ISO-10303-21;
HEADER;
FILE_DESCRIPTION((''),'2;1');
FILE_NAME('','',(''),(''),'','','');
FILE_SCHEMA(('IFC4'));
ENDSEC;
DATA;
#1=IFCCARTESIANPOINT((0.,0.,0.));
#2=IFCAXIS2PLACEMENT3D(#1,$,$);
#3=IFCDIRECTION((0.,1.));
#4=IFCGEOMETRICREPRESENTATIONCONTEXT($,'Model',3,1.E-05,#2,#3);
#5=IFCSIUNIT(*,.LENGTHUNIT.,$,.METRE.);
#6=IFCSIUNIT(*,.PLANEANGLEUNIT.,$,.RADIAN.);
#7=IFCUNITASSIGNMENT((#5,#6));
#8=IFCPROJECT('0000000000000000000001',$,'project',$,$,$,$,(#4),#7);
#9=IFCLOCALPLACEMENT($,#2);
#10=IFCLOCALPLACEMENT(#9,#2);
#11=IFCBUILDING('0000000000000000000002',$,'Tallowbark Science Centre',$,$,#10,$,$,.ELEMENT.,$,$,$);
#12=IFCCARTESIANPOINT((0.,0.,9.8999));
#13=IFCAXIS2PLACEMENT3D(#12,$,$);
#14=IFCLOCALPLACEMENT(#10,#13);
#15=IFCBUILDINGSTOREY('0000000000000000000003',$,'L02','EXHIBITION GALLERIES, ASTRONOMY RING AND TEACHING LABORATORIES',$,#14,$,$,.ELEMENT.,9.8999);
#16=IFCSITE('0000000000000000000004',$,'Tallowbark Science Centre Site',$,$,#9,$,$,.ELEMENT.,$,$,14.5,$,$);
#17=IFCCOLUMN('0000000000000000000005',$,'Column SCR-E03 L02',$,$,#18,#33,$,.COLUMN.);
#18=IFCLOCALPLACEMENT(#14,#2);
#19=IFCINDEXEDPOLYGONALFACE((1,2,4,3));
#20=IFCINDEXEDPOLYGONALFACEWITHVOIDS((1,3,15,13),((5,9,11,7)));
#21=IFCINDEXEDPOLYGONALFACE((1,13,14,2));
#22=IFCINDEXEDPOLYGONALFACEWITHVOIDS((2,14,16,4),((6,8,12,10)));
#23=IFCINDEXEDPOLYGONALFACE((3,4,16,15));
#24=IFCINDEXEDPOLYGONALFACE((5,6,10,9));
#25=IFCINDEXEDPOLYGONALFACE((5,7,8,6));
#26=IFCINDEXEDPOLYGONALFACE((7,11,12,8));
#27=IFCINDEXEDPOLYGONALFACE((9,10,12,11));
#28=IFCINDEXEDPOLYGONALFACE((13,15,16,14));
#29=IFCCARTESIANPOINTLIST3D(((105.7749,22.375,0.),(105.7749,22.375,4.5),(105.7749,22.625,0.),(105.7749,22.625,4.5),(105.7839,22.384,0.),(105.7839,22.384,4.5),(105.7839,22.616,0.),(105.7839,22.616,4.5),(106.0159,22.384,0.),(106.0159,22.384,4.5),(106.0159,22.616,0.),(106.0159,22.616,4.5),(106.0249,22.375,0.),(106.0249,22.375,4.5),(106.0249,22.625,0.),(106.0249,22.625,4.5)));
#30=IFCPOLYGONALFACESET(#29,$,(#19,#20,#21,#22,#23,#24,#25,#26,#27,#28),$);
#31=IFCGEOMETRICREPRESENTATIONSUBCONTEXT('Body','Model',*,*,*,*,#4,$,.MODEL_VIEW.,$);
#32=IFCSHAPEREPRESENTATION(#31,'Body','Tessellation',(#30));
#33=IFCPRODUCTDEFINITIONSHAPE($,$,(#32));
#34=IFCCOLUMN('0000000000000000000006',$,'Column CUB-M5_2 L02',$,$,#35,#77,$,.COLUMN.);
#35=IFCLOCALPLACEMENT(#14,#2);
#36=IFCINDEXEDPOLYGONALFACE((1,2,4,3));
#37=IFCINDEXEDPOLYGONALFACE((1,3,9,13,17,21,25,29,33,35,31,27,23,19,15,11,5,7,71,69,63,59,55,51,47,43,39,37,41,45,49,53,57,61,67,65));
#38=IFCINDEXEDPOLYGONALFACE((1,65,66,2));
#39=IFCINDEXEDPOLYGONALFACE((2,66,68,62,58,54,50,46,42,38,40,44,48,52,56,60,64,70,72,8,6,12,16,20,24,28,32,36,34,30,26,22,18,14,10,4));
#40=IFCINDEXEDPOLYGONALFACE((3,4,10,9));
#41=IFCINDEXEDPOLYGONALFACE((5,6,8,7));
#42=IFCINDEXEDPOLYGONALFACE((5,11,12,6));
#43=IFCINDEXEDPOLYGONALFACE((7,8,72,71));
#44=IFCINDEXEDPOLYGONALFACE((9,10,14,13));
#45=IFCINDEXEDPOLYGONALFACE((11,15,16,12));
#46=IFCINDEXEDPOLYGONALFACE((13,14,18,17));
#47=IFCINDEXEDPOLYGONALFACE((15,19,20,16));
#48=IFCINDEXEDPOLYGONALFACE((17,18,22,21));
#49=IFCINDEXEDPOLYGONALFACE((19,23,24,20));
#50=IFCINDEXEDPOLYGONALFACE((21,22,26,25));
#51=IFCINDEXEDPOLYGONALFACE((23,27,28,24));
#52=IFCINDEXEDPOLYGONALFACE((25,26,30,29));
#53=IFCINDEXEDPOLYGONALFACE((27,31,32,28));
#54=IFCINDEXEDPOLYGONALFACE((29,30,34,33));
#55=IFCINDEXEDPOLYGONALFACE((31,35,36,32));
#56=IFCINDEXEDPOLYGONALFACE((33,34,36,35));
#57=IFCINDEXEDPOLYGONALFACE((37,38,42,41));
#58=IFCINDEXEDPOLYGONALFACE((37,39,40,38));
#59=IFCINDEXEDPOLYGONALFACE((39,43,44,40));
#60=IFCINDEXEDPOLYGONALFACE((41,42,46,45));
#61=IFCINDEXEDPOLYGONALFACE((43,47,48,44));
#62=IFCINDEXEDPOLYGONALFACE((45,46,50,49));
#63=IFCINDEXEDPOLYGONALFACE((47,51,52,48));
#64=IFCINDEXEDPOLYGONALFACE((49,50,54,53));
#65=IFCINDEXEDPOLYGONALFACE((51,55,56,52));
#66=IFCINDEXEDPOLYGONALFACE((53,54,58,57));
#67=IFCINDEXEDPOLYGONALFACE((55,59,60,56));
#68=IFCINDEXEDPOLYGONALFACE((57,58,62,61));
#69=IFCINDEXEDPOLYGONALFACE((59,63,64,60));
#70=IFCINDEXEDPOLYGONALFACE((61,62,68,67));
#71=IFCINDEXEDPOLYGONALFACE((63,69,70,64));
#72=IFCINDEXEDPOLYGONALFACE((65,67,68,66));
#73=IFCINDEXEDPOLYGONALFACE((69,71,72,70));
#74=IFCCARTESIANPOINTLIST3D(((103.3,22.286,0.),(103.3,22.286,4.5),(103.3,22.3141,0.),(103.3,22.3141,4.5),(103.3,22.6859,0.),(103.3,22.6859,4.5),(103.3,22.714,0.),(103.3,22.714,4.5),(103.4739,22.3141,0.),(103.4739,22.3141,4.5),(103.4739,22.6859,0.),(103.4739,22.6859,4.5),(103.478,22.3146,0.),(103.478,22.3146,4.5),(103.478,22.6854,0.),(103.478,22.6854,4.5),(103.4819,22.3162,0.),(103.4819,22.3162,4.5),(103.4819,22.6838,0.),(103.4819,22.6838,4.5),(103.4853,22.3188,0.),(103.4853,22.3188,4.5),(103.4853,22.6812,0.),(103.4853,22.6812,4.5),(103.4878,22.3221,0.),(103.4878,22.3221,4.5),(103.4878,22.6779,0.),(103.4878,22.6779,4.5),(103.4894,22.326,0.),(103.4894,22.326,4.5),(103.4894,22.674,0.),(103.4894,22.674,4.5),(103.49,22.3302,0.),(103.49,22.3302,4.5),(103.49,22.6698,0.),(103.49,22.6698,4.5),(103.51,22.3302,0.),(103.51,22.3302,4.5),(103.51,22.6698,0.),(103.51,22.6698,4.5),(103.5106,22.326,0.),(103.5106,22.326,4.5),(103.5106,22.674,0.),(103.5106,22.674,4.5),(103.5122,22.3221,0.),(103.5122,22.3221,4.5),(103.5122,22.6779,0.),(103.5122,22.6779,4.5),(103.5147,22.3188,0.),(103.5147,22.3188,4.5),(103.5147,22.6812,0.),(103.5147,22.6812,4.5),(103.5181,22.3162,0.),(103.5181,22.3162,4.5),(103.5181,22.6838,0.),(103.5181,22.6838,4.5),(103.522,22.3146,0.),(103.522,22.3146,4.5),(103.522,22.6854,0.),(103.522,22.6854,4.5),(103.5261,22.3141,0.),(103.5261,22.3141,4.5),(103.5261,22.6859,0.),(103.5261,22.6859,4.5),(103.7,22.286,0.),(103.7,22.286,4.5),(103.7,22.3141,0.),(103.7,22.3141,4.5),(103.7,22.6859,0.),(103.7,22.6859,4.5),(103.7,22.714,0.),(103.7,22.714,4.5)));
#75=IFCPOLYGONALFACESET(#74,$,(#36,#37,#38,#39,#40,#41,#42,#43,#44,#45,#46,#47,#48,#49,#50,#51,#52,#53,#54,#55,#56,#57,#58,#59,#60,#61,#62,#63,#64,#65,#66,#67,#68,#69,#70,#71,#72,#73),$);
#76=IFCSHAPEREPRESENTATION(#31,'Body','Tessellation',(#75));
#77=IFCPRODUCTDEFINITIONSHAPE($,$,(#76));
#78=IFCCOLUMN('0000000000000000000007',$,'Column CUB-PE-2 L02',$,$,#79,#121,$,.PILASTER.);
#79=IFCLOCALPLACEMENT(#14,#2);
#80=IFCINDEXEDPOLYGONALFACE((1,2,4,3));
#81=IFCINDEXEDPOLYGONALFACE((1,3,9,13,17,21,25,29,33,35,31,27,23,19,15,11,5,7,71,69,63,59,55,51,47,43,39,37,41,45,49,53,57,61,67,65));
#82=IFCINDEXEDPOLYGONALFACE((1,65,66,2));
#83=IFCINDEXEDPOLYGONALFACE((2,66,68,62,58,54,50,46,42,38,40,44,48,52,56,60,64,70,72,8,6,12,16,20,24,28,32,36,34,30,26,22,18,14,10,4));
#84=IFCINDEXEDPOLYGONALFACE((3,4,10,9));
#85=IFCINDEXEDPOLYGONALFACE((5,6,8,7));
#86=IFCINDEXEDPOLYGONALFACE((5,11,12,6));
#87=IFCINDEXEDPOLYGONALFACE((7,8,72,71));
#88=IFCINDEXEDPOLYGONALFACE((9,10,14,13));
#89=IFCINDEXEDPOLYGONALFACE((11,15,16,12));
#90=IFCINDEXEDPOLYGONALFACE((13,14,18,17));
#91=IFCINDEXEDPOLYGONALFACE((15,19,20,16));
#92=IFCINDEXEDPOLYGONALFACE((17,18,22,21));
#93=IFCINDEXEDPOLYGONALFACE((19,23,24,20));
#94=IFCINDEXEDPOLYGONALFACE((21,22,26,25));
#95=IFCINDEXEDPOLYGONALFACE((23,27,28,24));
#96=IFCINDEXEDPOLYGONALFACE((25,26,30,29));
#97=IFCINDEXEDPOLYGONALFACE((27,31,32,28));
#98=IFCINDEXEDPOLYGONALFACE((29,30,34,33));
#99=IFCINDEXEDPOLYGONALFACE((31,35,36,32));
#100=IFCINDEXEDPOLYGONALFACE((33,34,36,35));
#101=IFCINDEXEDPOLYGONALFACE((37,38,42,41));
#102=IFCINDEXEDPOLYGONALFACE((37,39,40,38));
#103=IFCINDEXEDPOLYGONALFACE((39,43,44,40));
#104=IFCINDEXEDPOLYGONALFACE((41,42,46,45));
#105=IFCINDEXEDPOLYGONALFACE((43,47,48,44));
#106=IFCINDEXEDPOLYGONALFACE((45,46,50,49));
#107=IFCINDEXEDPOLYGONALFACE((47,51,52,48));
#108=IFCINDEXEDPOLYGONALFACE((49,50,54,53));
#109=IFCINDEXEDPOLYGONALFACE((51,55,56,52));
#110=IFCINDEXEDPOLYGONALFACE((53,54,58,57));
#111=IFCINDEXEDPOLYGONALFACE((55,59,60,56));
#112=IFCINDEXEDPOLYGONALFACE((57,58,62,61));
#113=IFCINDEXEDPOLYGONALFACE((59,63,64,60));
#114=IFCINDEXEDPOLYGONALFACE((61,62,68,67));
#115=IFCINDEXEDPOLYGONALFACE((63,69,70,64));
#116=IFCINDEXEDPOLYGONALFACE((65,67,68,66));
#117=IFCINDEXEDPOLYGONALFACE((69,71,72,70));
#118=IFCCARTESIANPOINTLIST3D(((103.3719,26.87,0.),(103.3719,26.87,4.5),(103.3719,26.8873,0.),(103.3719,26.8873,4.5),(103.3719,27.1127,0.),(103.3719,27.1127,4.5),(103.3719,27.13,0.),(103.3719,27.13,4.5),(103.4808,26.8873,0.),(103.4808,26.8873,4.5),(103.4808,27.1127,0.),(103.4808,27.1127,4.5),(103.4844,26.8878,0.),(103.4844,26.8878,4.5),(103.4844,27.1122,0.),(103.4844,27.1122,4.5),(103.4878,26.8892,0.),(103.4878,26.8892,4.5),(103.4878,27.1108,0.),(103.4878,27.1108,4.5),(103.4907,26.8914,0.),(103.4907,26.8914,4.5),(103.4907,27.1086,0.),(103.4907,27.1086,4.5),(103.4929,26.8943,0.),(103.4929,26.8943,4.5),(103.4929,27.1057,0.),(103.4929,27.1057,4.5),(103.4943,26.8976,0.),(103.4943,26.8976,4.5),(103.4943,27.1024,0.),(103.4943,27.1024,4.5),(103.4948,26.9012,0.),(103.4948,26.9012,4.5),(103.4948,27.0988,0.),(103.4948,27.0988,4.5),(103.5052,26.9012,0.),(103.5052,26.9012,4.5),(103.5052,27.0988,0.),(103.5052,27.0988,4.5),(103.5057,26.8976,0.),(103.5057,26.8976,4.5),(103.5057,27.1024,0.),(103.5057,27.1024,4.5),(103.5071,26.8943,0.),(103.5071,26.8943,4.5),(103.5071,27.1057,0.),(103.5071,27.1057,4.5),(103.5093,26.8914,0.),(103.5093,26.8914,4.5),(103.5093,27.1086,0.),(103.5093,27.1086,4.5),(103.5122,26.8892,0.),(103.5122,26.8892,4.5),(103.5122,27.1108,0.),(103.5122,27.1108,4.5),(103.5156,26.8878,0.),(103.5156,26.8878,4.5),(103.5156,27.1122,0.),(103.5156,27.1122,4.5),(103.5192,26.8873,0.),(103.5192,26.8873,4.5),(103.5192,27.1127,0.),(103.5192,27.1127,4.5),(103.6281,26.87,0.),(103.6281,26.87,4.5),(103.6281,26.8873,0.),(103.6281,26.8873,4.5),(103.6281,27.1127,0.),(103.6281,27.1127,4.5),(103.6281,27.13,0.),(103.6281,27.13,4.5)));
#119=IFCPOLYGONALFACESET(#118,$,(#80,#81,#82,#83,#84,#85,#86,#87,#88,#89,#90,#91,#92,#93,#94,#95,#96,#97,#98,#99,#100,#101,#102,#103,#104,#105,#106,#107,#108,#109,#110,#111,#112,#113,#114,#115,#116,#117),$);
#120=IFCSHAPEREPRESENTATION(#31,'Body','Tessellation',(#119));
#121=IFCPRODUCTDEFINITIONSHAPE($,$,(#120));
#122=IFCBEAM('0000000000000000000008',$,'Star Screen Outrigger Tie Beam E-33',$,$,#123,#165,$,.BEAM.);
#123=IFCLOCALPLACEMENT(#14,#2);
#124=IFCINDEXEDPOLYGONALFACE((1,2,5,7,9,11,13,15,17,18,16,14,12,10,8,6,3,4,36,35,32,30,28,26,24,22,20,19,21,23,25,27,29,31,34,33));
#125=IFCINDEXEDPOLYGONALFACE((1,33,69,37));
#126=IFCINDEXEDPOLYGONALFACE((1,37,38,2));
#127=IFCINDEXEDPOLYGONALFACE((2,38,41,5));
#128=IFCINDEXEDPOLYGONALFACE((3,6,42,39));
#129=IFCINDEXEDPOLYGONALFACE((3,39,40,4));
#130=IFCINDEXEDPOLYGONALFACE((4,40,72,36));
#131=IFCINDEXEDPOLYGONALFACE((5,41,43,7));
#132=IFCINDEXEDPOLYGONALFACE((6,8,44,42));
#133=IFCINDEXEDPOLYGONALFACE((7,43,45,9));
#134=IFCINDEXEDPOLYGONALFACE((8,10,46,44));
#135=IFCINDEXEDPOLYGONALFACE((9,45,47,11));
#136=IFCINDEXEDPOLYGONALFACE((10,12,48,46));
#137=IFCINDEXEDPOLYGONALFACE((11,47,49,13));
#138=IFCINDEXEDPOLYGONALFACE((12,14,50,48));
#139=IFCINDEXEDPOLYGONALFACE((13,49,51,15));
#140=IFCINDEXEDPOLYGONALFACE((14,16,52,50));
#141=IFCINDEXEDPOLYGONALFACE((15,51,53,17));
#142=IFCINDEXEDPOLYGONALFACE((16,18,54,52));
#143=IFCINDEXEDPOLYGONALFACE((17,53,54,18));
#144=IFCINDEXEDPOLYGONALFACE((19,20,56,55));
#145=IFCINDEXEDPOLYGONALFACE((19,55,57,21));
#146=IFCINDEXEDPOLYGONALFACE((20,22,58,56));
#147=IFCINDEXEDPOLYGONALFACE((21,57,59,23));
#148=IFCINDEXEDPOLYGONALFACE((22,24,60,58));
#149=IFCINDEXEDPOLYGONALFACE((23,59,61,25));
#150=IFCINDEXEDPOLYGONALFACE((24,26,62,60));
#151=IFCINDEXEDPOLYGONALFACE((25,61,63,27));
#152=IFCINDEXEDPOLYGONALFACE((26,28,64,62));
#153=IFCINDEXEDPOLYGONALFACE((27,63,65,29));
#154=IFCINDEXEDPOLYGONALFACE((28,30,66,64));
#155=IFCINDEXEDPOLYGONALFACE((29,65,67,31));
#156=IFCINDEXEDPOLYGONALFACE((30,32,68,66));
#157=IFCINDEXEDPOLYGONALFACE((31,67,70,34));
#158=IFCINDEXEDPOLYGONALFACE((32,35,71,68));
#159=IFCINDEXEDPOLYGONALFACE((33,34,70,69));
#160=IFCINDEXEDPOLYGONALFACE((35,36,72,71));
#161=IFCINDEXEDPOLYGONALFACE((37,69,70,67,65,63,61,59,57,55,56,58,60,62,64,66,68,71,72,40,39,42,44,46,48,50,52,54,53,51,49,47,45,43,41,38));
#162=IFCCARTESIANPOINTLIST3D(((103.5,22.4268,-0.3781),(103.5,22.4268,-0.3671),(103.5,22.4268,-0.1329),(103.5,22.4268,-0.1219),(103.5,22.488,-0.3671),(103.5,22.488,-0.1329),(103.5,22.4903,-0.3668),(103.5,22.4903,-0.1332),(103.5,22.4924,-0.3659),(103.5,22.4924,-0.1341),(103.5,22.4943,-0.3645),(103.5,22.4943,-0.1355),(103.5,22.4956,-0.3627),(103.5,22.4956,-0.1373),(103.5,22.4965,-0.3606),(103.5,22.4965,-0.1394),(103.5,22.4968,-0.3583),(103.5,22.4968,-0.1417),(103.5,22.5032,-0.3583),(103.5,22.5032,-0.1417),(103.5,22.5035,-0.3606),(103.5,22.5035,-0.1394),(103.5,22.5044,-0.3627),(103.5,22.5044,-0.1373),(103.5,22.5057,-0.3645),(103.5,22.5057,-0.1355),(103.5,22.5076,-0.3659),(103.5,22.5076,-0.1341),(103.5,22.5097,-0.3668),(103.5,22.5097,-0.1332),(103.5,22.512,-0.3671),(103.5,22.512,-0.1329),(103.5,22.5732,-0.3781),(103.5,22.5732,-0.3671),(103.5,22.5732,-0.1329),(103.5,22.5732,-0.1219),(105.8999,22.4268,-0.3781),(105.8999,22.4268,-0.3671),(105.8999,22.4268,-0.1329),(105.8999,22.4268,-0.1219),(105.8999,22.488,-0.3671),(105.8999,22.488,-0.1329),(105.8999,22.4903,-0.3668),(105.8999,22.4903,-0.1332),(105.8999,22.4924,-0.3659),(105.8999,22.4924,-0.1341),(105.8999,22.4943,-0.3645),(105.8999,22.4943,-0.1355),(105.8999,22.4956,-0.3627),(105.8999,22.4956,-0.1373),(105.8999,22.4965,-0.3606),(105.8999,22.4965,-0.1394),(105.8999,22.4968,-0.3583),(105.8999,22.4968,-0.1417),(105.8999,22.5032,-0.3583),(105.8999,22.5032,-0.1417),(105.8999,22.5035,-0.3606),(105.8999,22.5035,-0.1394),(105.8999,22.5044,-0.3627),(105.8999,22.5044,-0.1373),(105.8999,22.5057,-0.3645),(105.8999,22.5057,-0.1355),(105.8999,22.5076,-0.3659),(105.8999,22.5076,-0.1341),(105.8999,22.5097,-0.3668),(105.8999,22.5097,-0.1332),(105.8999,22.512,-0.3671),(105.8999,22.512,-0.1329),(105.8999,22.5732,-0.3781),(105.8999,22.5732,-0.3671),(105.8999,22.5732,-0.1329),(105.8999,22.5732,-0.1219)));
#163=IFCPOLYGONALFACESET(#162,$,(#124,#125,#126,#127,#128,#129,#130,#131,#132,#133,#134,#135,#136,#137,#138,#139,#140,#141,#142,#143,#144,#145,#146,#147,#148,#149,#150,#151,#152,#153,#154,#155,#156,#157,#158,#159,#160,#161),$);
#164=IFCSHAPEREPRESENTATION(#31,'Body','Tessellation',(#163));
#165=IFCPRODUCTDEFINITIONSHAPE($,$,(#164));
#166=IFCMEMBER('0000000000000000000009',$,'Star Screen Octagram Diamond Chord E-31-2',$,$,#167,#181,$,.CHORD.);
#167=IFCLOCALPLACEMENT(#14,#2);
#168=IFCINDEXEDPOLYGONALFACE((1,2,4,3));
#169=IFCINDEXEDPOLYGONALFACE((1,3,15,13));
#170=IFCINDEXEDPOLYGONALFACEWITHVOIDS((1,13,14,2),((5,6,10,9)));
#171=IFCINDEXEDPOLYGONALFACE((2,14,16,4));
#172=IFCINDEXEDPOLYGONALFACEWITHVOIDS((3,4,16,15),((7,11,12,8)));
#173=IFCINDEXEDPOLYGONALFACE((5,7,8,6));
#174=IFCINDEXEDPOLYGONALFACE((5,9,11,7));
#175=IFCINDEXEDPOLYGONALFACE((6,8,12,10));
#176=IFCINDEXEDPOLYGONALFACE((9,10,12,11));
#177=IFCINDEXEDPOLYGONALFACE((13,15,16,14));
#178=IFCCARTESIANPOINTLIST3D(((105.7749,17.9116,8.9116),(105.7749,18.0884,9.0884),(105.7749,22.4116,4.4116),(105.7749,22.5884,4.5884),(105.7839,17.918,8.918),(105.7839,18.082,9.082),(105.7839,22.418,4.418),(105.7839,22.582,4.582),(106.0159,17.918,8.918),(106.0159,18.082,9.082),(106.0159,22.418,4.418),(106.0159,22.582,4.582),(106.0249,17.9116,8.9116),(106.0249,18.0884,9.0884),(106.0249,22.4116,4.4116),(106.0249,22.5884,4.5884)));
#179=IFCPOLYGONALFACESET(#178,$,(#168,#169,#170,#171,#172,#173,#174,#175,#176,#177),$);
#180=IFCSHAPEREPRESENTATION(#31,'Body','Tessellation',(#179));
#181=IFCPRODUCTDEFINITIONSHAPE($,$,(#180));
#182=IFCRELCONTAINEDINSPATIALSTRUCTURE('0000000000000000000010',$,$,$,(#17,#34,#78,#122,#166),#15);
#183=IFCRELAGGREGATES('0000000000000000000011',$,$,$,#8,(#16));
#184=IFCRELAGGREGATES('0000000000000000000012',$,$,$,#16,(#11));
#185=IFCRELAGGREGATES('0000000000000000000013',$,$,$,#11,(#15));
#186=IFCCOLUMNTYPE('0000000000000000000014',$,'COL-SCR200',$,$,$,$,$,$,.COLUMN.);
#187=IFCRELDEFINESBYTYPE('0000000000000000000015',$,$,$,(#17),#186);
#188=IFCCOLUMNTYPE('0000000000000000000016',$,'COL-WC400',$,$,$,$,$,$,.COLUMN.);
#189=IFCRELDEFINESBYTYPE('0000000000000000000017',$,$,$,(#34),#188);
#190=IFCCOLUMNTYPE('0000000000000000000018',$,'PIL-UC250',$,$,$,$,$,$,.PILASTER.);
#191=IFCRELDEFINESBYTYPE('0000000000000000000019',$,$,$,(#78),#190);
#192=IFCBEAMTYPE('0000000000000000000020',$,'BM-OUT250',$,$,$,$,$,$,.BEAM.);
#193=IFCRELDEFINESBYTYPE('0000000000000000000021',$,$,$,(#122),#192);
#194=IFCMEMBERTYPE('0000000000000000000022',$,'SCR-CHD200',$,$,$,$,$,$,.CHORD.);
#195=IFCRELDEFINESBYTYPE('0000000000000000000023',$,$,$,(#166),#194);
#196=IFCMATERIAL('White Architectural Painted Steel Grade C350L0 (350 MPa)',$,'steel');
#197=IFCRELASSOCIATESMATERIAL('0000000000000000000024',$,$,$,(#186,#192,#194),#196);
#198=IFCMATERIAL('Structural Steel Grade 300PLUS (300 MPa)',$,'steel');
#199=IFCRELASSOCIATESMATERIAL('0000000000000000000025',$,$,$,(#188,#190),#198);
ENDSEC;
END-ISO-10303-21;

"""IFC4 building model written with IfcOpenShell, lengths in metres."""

from ifc_helpers import new_model, si_unit, direction, frame, origin, origin_2d, place, context, subcontext, project, spatial, hollow_rectangle, i_section, extrude, material, material_profile, profile_set, type_object, element, save


model = new_model("IFC4")

# Units and contexts
model_context = context("Model", 3, precision=1e-05, world=origin(), true_north=direction((0.0, 1.0)))
body_context = subcontext(model_context, "Body", "Model", "MODEL_VIEW")
ifc_project = project(units=[si_unit("LENGTHUNIT", "METRE"), si_unit("PLANEANGLEUNIT", "RADIAN")], contexts=[model_context])

# Site, building, storey
site_placement = place(None, origin())
site = spatial("IfcSite", under=ifc_project, at=site_placement, Name="Tallowbark Science Centre Site", CompositionType="ELEMENT", RefElevation=14.5)
building_placement = place(site_placement, origin())
building = spatial("IfcBuilding", under=site, at=building_placement, Name="Tallowbark Science Centre", CompositionType="ELEMENT")
storey_placement = place(building_placement, frame((0.0, 0.0, 9.8999)))
storey = spatial("IfcBuildingStorey", under=building, at=storey_placement, Name="L02", Description="EXHIBITION GALLERIES, ASTRONOMY RING AND TEACHING LABORATORIES", CompositionType="ELEMENT", Elevation=9.8999)

# Columns
ifc_material_1 = material(Name="White Architectural Painted Steel Grade C350L0 (350 MPa)", Category="steel")
ifc_material_profile_1 = material_profile(ifc_material_1, hollow_rectangle(XDim=0.25, YDim=0.25, WallThickness=0.009, at=origin_2d()), Name="250x250x9.0SHS")
ifc_profile_set_1 = profile_set([ifc_material_profile_1], Name="White Architectural Painted Steel Grade C350L0 (350 MPa)")
column_type_1 = type_object("IfcColumnType", Name="COL-SCR200", PredefinedType="COLUMN", material=ifc_profile_set_1)
column_1_placement = place(storey_placement, frame((105.8999, 22.5, 0.0), z_axis=(0.0, 0.0, 1.0), x_axis=(1.0, 0.0, 0.0)))
element("IfcColumn", 1, at=column_1_placement, inside=storey, type_object=column_type_1, Name="Column SCR-E03 L02", PredefinedType="COLUMN", context=body_context, shape_type="SweptSolid", body=[
    extrude(hollow_rectangle(XDim=0.25, YDim=0.25, WallThickness=0.009, at=origin_2d()), origin(), (0.0, 0.0, 1.0), 4.5),
])
ifc_material_2 = material(Name="Structural Steel Grade 300PLUS (300 MPa)", Category="steel")
ifc_material_profile_2 = material_profile(ifc_material_2, i_section(OverallWidth=0.3999, OverallDepth=0.428, WebThickness=0.02, FlangeThickness=0.0281, FilletRadius=0.0161, at=origin_2d()), Name="400WC270")
ifc_profile_set_2 = profile_set([ifc_material_profile_2], Name="Structural Steel Grade 300PLUS (300 MPa)")
column_type_2 = type_object("IfcColumnType", Name="COL-WC400", PredefinedType="COLUMN", material=ifc_profile_set_2)
column_2_placement = place(storey_placement, frame((103.5, 22.5, 0.0), z_axis=(0.0, 0.0, 1.0), x_axis=(1.0, 0.0, 0.0)))
element("IfcColumn", 2, at=column_2_placement, inside=storey, type_object=column_type_2, Name="Column CUB-M5_2 L02", PredefinedType="COLUMN", context=body_context, shape_type="SweptSolid", body=[
    extrude(i_section(OverallWidth=0.3999, OverallDepth=0.428, WebThickness=0.02, FlangeThickness=0.0281, FilletRadius=0.0161, at=origin_2d()), origin(), (0.0, 0.0, 1.0), 4.5),
])
ifc_material_profile_3 = material_profile(ifc_material_2, i_section(OverallWidth=0.2561, OverallDepth=0.26, WebThickness=0.0105, FlangeThickness=0.0173, FilletRadius=0.0139, at=origin_2d()), Name="250UC89.5")
ifc_profile_set_3 = profile_set([ifc_material_profile_3], Name="Structural Steel Grade 300PLUS (300 MPa)")
column_type_3 = type_object("IfcColumnType", Name="PIL-UC250", PredefinedType="PILASTER", material=ifc_profile_set_3)
column_3_placement = place(storey_placement, frame((103.5, 27.0, 0.0), z_axis=(0.0, 0.0, 1.0), x_axis=(1.0, 0.0, 0.0)))
element("IfcColumn", 3, at=column_3_placement, inside=storey, type_object=column_type_3, Name="Column CUB-PE-2 L02", PredefinedType="PILASTER", context=body_context, shape_type="SweptSolid", body=[
    extrude(i_section(OverallWidth=0.2561, OverallDepth=0.26, WebThickness=0.0105, FlangeThickness=0.0173, FilletRadius=0.0139, at=origin_2d()), origin(), (0.0, 0.0, 1.0), 4.5),
])

# Beam
ifc_material_profile_4 = material_profile(ifc_material_1, i_section(OverallWidth=0.1465, OverallDepth=0.2561, WebThickness=0.0063, FlangeThickness=0.011, FilletRadius=0.0088, at=origin_2d()), Name="250UB37.3")
ifc_profile_set_4 = profile_set([ifc_material_profile_4], Name="White Architectural Painted Steel Grade C350L0 (350 MPa)")
beam_type_1 = type_object("IfcBeamType", Name="BM-OUT250", PredefinedType="BEAM", material=ifc_profile_set_4)
beam_placement = place(storey_placement, frame((103.5, 22.5, -0.25), z_axis=(1.0, 0.0, 0.0), x_axis=(0.0, 1.0, 0.0)))
element("IfcBeam", 4, at=beam_placement, inside=storey, type_object=beam_type_1, Name="Star Screen Outrigger Tie Beam E-33", PredefinedType="BEAM", context=body_context, shape_type="SweptSolid", body=[
    extrude(i_section(OverallWidth=0.1465, OverallDepth=0.2561, WebThickness=0.0063, FlangeThickness=0.011, FilletRadius=0.0088, at=origin_2d()), origin(), (0.0, 0.0, 1.0), 2.3999),
])

# Member
ifc_material_profile_5 = material_profile(ifc_material_1, hollow_rectangle(XDim=0.25, YDim=0.25, WallThickness=0.009, at=origin_2d()), Name="250x250x9.0SHS")
ifc_profile_set_5 = profile_set([ifc_material_profile_5], Name="White Architectural Painted Steel Grade C350L0 (350 MPa)")
member_type_1 = type_object("IfcMemberType", Name="SCR-CHD200", PredefinedType="CHORD", material=ifc_profile_set_5)
member_1_placement = place(storey_placement, frame((105.8999, 22.5, 4.5), z_axis=(0.0, -0.707107, 0.707107), x_axis=(1.0, 0.0, 0.0)))
element("IfcMember", 5, at=member_1_placement, inside=storey, type_object=member_type_1, Name="Star Screen Octagram Diamond Chord E-31-2", PredefinedType="CHORD", context=body_context, shape_type="SweptSolid", body=[
    extrude(hollow_rectangle(XDim=0.25, YDim=0.25, WallThickness=0.009, at=origin_2d()), origin(), (0.0, 0.0, 1.0), 6.364),
])

save(model, "model.ifc")
